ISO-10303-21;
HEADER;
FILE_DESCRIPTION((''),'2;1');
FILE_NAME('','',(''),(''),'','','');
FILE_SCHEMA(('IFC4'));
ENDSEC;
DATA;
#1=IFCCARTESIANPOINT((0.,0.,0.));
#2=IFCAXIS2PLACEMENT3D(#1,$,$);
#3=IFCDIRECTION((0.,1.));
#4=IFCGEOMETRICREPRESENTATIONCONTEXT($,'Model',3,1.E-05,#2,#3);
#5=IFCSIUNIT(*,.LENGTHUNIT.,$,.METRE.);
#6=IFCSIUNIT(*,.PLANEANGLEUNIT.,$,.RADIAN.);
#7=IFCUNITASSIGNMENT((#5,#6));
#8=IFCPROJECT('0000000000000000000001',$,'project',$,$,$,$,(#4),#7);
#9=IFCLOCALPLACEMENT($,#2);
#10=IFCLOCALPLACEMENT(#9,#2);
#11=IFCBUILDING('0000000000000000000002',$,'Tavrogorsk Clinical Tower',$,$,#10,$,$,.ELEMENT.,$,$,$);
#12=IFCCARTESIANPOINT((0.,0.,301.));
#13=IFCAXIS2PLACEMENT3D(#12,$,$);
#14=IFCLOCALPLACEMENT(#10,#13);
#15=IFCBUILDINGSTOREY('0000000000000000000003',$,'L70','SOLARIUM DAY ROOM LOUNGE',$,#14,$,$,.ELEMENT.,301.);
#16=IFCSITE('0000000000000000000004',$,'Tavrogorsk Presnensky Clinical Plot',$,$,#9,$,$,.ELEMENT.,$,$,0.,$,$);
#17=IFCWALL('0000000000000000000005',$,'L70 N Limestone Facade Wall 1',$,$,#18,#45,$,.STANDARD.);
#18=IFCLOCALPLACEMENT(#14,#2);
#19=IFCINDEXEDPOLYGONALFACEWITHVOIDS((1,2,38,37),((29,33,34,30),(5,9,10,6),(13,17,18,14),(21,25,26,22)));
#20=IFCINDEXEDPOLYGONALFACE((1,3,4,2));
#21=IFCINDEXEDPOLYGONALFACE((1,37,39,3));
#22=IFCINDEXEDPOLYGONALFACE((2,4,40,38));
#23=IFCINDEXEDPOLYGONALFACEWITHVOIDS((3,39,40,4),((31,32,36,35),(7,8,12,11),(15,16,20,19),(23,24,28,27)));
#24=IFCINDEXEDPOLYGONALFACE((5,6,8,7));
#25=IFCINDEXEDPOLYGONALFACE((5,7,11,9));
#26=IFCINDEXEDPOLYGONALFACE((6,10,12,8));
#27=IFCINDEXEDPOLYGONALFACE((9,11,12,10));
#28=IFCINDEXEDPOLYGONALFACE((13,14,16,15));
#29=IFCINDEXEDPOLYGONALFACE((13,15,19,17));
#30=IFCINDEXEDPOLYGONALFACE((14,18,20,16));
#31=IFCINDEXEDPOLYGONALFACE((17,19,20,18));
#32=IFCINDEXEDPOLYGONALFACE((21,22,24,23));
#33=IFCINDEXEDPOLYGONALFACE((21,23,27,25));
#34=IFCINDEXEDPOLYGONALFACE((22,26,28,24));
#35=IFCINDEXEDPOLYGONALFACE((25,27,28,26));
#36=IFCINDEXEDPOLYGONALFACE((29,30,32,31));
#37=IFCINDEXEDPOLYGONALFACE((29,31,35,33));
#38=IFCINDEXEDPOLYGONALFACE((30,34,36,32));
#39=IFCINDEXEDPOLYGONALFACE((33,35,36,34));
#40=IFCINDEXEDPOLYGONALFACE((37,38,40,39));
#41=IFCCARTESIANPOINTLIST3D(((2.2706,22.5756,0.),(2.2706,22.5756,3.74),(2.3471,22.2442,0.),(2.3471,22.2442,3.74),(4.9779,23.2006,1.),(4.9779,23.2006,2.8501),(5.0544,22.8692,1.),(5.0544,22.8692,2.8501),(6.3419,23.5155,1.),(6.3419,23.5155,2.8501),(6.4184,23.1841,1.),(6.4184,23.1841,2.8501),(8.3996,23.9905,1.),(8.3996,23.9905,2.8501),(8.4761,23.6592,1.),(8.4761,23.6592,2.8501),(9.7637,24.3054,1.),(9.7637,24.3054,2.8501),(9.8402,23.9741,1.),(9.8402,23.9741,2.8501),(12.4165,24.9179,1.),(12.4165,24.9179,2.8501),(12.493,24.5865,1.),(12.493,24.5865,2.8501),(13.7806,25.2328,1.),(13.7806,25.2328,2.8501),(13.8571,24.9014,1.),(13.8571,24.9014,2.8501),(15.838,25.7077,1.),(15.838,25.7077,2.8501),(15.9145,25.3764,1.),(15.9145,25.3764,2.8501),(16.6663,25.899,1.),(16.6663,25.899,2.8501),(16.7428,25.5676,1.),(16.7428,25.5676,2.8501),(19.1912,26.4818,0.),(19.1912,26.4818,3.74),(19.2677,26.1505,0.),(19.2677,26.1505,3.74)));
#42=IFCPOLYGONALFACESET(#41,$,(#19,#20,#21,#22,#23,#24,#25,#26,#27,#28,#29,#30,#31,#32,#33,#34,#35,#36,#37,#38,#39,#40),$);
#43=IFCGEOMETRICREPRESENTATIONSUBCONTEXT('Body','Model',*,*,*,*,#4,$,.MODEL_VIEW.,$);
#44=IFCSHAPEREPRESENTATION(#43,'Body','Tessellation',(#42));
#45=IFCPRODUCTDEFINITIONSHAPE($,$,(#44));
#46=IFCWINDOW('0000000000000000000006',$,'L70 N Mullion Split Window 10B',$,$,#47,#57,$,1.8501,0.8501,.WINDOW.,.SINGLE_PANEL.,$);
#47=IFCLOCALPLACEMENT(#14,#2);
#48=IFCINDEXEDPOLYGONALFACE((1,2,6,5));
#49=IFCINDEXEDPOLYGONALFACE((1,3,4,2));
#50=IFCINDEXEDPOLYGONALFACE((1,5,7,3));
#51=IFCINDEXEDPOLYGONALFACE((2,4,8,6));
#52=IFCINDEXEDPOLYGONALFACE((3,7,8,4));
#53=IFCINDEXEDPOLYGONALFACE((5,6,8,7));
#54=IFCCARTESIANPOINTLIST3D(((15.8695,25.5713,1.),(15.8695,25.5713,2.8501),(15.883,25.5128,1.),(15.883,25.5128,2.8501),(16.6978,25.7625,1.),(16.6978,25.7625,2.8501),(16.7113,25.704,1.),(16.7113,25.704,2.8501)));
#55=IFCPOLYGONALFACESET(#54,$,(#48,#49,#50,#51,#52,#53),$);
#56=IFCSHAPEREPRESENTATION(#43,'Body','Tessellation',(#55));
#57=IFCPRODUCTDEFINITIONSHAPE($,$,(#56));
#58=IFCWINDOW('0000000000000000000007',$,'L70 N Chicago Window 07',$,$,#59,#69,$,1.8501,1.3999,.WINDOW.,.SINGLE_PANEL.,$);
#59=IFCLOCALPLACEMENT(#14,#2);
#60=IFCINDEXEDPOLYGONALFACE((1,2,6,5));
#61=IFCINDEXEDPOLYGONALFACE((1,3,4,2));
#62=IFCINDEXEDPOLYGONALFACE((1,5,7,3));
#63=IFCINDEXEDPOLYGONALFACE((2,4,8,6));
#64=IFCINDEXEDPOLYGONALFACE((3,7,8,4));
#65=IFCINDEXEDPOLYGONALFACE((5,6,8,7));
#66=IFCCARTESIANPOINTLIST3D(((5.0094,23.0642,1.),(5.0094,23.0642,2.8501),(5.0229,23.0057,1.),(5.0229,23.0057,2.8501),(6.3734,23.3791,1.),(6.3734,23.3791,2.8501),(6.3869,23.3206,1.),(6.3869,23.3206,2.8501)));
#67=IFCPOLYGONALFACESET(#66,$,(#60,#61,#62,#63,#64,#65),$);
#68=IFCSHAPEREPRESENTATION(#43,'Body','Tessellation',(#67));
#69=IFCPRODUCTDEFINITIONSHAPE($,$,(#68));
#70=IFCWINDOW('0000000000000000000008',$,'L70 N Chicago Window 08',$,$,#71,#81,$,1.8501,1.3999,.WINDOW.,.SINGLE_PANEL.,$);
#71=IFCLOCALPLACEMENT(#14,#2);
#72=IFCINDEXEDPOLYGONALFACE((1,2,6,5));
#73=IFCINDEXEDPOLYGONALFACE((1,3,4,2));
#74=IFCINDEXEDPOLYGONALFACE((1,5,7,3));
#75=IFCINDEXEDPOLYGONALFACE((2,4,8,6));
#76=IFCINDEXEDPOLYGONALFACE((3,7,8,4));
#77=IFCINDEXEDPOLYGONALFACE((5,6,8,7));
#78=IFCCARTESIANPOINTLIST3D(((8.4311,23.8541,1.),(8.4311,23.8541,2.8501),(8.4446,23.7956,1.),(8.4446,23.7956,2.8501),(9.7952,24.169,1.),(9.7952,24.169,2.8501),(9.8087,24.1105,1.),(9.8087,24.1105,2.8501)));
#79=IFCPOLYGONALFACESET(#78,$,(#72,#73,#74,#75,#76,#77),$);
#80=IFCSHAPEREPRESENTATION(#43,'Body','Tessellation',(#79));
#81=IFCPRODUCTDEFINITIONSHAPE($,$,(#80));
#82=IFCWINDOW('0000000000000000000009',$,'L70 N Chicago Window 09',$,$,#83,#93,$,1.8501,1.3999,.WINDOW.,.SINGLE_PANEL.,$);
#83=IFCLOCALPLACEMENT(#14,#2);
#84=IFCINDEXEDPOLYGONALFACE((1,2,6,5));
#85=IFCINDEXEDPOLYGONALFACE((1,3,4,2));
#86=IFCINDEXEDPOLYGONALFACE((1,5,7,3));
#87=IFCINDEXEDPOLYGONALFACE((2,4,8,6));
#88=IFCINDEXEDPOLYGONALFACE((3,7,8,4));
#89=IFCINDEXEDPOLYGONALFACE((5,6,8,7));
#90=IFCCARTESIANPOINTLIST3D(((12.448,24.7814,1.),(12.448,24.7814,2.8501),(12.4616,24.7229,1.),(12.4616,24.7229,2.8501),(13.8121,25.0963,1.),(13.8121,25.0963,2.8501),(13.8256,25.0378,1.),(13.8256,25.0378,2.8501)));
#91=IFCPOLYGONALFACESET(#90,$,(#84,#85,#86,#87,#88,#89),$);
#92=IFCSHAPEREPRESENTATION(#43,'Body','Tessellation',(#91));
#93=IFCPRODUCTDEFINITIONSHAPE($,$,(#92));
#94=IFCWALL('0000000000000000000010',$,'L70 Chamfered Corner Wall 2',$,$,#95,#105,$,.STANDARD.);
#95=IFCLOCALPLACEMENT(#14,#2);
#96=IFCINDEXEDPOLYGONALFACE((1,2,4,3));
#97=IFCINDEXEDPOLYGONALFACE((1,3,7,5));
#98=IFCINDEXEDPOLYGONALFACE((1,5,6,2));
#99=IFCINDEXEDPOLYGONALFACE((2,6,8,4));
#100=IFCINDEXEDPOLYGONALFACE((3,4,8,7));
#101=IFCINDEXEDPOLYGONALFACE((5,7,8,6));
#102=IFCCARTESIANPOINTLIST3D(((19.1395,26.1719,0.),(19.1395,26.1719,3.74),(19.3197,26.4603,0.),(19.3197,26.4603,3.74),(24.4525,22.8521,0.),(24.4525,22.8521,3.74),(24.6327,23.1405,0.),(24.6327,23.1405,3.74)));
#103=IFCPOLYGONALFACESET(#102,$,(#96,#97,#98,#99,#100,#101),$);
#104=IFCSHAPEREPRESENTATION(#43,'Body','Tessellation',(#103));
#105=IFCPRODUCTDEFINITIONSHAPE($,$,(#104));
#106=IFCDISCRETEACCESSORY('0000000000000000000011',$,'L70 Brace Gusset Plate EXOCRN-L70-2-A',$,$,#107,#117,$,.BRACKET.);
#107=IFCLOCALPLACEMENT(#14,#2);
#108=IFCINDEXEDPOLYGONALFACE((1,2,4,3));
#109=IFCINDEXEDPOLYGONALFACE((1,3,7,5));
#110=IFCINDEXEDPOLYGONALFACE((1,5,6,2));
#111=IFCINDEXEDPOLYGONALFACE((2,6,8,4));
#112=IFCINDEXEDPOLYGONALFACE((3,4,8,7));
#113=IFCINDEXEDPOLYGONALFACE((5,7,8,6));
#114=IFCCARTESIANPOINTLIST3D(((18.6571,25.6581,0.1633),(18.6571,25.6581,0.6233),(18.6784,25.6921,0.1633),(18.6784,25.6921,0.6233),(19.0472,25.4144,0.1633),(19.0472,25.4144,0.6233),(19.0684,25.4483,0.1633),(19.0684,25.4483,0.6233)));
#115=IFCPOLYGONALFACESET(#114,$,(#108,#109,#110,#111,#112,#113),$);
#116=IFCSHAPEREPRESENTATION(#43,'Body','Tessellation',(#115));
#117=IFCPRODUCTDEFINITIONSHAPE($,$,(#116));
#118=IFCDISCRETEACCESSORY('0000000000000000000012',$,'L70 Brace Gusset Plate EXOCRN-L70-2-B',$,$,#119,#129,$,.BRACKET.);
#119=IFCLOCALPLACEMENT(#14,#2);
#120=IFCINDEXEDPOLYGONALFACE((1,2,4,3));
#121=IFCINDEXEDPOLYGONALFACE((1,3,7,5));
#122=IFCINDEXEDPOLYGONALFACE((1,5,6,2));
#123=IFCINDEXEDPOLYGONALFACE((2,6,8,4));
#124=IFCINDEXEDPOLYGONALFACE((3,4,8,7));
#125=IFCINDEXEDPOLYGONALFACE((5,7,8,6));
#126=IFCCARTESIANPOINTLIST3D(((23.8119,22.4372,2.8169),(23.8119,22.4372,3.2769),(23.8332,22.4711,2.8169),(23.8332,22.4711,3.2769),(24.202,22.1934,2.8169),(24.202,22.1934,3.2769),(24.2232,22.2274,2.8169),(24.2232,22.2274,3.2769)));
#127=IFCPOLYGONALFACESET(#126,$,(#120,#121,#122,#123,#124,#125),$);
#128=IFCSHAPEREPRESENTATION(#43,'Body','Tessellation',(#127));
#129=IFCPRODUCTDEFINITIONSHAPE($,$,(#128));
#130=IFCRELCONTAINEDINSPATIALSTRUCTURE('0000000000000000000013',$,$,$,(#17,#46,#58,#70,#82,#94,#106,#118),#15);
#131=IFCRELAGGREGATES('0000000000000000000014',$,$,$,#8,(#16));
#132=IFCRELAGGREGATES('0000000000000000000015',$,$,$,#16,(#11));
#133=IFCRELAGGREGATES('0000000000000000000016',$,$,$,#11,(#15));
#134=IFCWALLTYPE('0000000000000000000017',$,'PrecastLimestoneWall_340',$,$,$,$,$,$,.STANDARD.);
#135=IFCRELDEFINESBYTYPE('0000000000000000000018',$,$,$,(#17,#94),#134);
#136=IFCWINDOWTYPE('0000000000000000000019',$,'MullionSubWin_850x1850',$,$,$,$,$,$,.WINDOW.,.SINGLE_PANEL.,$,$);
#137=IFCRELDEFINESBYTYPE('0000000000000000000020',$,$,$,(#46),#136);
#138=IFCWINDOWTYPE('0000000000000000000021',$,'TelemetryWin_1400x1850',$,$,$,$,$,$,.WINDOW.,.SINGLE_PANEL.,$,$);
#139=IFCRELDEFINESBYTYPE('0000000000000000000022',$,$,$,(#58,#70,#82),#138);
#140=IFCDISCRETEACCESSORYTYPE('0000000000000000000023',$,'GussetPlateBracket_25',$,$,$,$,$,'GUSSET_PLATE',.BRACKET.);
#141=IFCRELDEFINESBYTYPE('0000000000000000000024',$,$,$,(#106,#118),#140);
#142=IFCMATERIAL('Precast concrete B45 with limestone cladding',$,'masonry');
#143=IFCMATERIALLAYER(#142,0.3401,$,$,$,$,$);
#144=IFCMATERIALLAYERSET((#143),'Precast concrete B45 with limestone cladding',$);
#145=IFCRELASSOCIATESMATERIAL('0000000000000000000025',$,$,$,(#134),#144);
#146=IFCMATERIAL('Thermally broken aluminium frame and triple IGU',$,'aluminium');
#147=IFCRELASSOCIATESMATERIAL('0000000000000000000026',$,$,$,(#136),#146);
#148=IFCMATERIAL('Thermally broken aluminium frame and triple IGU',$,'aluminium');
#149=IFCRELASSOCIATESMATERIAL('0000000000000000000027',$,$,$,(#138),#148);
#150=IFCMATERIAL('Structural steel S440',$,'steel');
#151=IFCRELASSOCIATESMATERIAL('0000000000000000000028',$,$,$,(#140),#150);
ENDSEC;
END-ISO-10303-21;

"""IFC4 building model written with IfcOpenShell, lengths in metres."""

from ifc_helpers import new_model, si_unit, direction, frame, frame_2d, origin, origin_2d, place, context, subcontext, project, spatial, rectangle, extrude, material, layer, layer_set, type_object, element, fill, save


model = new_model("IFC4")

# Units and contexts
model_context = context("Model", 3, precision=1e-05, world=origin(), true_north=direction((0.0, 1.0)))
body_context = subcontext(model_context, "Body", "Model", "MODEL_VIEW")
ifc_project = project(units=[si_unit("LENGTHUNIT", "METRE"), si_unit("PLANEANGLEUNIT", "RADIAN")], contexts=[model_context])

# Site, building, storey
site_placement = place(None, origin())
site = spatial("IfcSite", under=ifc_project, at=site_placement, Name="Tavrogorsk Presnensky Clinical Plot", CompositionType="ELEMENT", RefElevation=0.0)
building_placement = place(site_placement, origin())
building = spatial("IfcBuilding", under=site, at=building_placement, Name="Tavrogorsk Clinical Tower", CompositionType="ELEMENT")
storey_placement = place(building_placement, frame((0.0, 0.0, 301.0)))
storey = spatial("IfcBuildingStorey", under=building, at=storey_placement, Name="L70", Description="SOLARIUM DAY ROOM LOUNGE", CompositionType="ELEMENT", Elevation=301.0)

# Wall, openings, windows
ifc_material_1 = material(Name="Precast concrete B45 with limestone cladding", Category="masonry")
ifc_layer_1 = layer(ifc_material_1, 0.3401)
ifc_layer_set_1 = layer_set([ifc_layer_1], Name="Precast concrete B45 with limestone cladding")
wall_type_1 = type_object("IfcWallType", Name="PrecastLimestoneWall_340", PredefinedType="STANDARD", material=ifc_layer_set_1)
wall_1_placement = place(storey_placement, frame((19.2295, 26.3162, 0.0), z_axis=(0.0, 0.0, 1.0), x_axis=(-0.974372, -0.224941, 0.0)))
wall_1 = element("IfcWall", 1, at=wall_1_placement, inside=storey, type_object=wall_type_1, Name="L70 N Limestone Facade Wall 1", PredefinedType="STANDARD", context=body_context, shape_type="SweptSolid", body=[
    extrude(rectangle(XDim=17.3657, YDim=0.3401, at=frame_2d((8.6829, 0.0))), origin(), (0.0, 0.0, 1.0), 3.74),
])
opening_1_placement = place(wall_1_placement, frame((13.1873, 0.0, 1.0)))
opening_1 = element("IfcOpeningElement", 2, at=opening_1_placement, cuts=wall_1, PredefinedType="OPENING", context=body_context, shape_type="SweptSolid", body=[
    extrude(rectangle(XDim=1.3999, YDim=1.8501, at=frame_2d((0.7, 0.925))), frame((0.0, 0.1799, 0.0), z_axis=(0.0, -1.0, 0.0), x_axis=(1.0, 0.0, 0.0)), (0.0, 0.0, 1.0), 0.3601),
])
opening_2_placement = place(wall_1_placement, frame((9.6755, 0.0, 1.0)))
opening_2 = element("IfcOpeningElement", 3, at=opening_2_placement, cuts=wall_1, PredefinedType="OPENING", context=body_context, shape_type="SweptSolid", body=[
    extrude(rectangle(XDim=1.3999, YDim=1.8501, at=frame_2d((0.7, 0.925))), frame((0.0, 0.1799, 0.0), z_axis=(0.0, -1.0, 0.0), x_axis=(1.0, 0.0, 0.0)), (0.0, 0.0, 1.0), 0.3601),
])
opening_3_placement = place(wall_1_placement, frame((5.553, 0.0, 1.0)))
opening_3 = element("IfcOpeningElement", 4, at=opening_3_placement, cuts=wall_1, PredefinedType="OPENING", context=body_context, shape_type="SweptSolid", body=[
    extrude(rectangle(XDim=1.3999, YDim=1.8501, at=frame_2d((0.7, 0.925))), frame((0.0, 0.1799, 0.0), z_axis=(0.0, -1.0, 0.0), x_axis=(1.0, 0.0, 0.0)), (0.0, 0.0, 1.0), 0.3601),
])
opening_4_placement = place(wall_1_placement, frame((2.5913, 0.0, 1.0)))
opening_4 = element("IfcOpeningElement", 5, at=opening_4_placement, cuts=wall_1, PredefinedType="OPENING", context=body_context, shape_type="SweptSolid", body=[
    extrude(rectangle(XDim=0.8501, YDim=1.8501, at=frame_2d((0.425, 0.925))), frame((0.0, 0.1799, 0.0), z_axis=(0.0, -1.0, 0.0), x_axis=(1.0, 0.0, 0.0)), (0.0, 0.0, 1.0), 0.3601),
])
ifc_material_2 = material(Name="Thermally broken aluminium frame and triple IGU", Category="aluminium")
window_type_1 = type_object("IfcWindowType", Name="MullionSubWin_850x1850", PartitioningType="SINGLE_PANEL", PredefinedType="WINDOW", material=ifc_material_2)
window_1_placement = place(opening_4_placement, origin())
window_1 = element("IfcWindow", 6, at=window_1_placement, inside=storey, type_object=window_type_1, Name="L70 N Mullion Split Window 10B", OverallHeight=1.8501, OverallWidth=0.8501, PartitioningType="SINGLE_PANEL", PredefinedType="WINDOW", context=body_context, shape_type="SweptSolid", body=[
    extrude(rectangle(XDim=0.8501, YDim=1.8501, at=frame_2d((0.425, 0.925))), frame((0.0, 0.03, 0.0), z_axis=(0.0, -1.0, 0.0), x_axis=(1.0, 0.0, 0.0)), (0.0, 0.0, 1.0), 0.0601),
])
fill(opening_4, window_1)
ifc_material_3 = material(Name="Thermally broken aluminium frame and triple IGU", Category="aluminium")
window_type_2 = type_object("IfcWindowType", Name="TelemetryWin_1400x1850", PartitioningType="SINGLE_PANEL", PredefinedType="WINDOW", material=ifc_material_3)
window_2_placement = place(opening_1_placement, origin())
window_2 = element("IfcWindow", 7, at=window_2_placement, inside=storey, type_object=window_type_2, Name="L70 N Chicago Window 07", OverallHeight=1.8501, OverallWidth=1.3999, PartitioningType="SINGLE_PANEL", PredefinedType="WINDOW", context=body_context, shape_type="SweptSolid", body=[
    extrude(rectangle(XDim=1.3999, YDim=1.8501, at=frame_2d((0.7, 0.925))), frame((0.0, 0.03, 0.0), z_axis=(0.0, -1.0, 0.0), x_axis=(1.0, 0.0, 0.0)), (0.0, 0.0, 1.0), 0.0601),
])
fill(opening_1, window_2)
window_3_placement = place(opening_2_placement, origin())
window_3 = element("IfcWindow", 8, at=window_3_placement, inside=storey, type_object=window_type_2, Name="L70 N Chicago Window 08", OverallHeight=1.8501, OverallWidth=1.3999, PartitioningType="SINGLE_PANEL", PredefinedType="WINDOW", context=body_context, shape_type="SweptSolid", body=[
    extrude(rectangle(XDim=1.3999, YDim=1.8501, at=frame_2d((0.7, 0.925))), frame((0.0, 0.03, 0.0), z_axis=(0.0, -1.0, 0.0), x_axis=(1.0, 0.0, 0.0)), (0.0, 0.0, 1.0), 0.0601),
])
fill(opening_2, window_3)
window_4_placement = place(opening_3_placement, origin())
window_4 = element("IfcWindow", 9, at=window_4_placement, inside=storey, type_object=window_type_2, Name="L70 N Chicago Window 09", OverallHeight=1.8501, OverallWidth=1.3999, PartitioningType="SINGLE_PANEL", PredefinedType="WINDOW", context=body_context, shape_type="SweptSolid", body=[
    extrude(rectangle(XDim=1.3999, YDim=1.8501, at=frame_2d((0.7, 0.925))), frame((0.0, 0.03, 0.0), z_axis=(0.0, -1.0, 0.0), x_axis=(1.0, 0.0, 0.0)), (0.0, 0.0, 1.0), 0.0601),
])
fill(opening_3, window_4)

# Wall
wall_2_placement = place(storey_placement, frame((24.5425, 22.9963, 0.0), z_axis=(0.0, 0.0, 1.0), x_axis=(-0.848055, 0.529908, 0.0)))
element("IfcWall", 10, at=wall_2_placement, inside=storey, type_object=wall_type_1, Name="L70 Chamfered Corner Wall 2", PredefinedType="STANDARD", context=body_context, shape_type="SweptSolid", body=[
    extrude(rectangle(XDim=6.2649, YDim=0.3401, at=frame_2d((3.1323, 0.0))), origin(), (0.0, 0.0, 1.0), 3.74),
])

# Discrete accessories
ifc_material_4 = material(Name="Structural steel S440", Category="steel")
discrete_accessory_type = type_object("IfcDiscreteAccessoryType", Name="GussetPlateBracket_25", ElementType="GUSSET_PLATE", PredefinedType="BRACKET", material=ifc_material_4)
for number, where, z_axis, x_axis, name in (
    (11, (18.8628, 25.5532, 0.1633), (0.0, 0.0, 1.0), (0.848048, -0.529919, 0.0), "L70 Brace Gusset Plate EXOCRN-L70-2-A"),
    (12, (24.0176, 22.3323, 2.8169), (0.0, 0.0, 1.0), (0.848048, -0.529919, 0.0), "L70 Brace Gusset Plate EXOCRN-L70-2-B"),
):
    element("IfcDiscreteAccessory", number, at=place(storey_placement, frame(where, z_axis=z_axis, x_axis=x_axis)), inside=storey, type_object=discrete_accessory_type, Name=name, PredefinedType="BRACKET", context=body_context, shape_type="SweptSolid", body=[
        extrude(rectangle(XDim=0.46, YDim=0.04, at=origin_2d()), origin(), (0.0, 0.0, 1.0), 0.46),
    ])

save(model, "model.ifc")
